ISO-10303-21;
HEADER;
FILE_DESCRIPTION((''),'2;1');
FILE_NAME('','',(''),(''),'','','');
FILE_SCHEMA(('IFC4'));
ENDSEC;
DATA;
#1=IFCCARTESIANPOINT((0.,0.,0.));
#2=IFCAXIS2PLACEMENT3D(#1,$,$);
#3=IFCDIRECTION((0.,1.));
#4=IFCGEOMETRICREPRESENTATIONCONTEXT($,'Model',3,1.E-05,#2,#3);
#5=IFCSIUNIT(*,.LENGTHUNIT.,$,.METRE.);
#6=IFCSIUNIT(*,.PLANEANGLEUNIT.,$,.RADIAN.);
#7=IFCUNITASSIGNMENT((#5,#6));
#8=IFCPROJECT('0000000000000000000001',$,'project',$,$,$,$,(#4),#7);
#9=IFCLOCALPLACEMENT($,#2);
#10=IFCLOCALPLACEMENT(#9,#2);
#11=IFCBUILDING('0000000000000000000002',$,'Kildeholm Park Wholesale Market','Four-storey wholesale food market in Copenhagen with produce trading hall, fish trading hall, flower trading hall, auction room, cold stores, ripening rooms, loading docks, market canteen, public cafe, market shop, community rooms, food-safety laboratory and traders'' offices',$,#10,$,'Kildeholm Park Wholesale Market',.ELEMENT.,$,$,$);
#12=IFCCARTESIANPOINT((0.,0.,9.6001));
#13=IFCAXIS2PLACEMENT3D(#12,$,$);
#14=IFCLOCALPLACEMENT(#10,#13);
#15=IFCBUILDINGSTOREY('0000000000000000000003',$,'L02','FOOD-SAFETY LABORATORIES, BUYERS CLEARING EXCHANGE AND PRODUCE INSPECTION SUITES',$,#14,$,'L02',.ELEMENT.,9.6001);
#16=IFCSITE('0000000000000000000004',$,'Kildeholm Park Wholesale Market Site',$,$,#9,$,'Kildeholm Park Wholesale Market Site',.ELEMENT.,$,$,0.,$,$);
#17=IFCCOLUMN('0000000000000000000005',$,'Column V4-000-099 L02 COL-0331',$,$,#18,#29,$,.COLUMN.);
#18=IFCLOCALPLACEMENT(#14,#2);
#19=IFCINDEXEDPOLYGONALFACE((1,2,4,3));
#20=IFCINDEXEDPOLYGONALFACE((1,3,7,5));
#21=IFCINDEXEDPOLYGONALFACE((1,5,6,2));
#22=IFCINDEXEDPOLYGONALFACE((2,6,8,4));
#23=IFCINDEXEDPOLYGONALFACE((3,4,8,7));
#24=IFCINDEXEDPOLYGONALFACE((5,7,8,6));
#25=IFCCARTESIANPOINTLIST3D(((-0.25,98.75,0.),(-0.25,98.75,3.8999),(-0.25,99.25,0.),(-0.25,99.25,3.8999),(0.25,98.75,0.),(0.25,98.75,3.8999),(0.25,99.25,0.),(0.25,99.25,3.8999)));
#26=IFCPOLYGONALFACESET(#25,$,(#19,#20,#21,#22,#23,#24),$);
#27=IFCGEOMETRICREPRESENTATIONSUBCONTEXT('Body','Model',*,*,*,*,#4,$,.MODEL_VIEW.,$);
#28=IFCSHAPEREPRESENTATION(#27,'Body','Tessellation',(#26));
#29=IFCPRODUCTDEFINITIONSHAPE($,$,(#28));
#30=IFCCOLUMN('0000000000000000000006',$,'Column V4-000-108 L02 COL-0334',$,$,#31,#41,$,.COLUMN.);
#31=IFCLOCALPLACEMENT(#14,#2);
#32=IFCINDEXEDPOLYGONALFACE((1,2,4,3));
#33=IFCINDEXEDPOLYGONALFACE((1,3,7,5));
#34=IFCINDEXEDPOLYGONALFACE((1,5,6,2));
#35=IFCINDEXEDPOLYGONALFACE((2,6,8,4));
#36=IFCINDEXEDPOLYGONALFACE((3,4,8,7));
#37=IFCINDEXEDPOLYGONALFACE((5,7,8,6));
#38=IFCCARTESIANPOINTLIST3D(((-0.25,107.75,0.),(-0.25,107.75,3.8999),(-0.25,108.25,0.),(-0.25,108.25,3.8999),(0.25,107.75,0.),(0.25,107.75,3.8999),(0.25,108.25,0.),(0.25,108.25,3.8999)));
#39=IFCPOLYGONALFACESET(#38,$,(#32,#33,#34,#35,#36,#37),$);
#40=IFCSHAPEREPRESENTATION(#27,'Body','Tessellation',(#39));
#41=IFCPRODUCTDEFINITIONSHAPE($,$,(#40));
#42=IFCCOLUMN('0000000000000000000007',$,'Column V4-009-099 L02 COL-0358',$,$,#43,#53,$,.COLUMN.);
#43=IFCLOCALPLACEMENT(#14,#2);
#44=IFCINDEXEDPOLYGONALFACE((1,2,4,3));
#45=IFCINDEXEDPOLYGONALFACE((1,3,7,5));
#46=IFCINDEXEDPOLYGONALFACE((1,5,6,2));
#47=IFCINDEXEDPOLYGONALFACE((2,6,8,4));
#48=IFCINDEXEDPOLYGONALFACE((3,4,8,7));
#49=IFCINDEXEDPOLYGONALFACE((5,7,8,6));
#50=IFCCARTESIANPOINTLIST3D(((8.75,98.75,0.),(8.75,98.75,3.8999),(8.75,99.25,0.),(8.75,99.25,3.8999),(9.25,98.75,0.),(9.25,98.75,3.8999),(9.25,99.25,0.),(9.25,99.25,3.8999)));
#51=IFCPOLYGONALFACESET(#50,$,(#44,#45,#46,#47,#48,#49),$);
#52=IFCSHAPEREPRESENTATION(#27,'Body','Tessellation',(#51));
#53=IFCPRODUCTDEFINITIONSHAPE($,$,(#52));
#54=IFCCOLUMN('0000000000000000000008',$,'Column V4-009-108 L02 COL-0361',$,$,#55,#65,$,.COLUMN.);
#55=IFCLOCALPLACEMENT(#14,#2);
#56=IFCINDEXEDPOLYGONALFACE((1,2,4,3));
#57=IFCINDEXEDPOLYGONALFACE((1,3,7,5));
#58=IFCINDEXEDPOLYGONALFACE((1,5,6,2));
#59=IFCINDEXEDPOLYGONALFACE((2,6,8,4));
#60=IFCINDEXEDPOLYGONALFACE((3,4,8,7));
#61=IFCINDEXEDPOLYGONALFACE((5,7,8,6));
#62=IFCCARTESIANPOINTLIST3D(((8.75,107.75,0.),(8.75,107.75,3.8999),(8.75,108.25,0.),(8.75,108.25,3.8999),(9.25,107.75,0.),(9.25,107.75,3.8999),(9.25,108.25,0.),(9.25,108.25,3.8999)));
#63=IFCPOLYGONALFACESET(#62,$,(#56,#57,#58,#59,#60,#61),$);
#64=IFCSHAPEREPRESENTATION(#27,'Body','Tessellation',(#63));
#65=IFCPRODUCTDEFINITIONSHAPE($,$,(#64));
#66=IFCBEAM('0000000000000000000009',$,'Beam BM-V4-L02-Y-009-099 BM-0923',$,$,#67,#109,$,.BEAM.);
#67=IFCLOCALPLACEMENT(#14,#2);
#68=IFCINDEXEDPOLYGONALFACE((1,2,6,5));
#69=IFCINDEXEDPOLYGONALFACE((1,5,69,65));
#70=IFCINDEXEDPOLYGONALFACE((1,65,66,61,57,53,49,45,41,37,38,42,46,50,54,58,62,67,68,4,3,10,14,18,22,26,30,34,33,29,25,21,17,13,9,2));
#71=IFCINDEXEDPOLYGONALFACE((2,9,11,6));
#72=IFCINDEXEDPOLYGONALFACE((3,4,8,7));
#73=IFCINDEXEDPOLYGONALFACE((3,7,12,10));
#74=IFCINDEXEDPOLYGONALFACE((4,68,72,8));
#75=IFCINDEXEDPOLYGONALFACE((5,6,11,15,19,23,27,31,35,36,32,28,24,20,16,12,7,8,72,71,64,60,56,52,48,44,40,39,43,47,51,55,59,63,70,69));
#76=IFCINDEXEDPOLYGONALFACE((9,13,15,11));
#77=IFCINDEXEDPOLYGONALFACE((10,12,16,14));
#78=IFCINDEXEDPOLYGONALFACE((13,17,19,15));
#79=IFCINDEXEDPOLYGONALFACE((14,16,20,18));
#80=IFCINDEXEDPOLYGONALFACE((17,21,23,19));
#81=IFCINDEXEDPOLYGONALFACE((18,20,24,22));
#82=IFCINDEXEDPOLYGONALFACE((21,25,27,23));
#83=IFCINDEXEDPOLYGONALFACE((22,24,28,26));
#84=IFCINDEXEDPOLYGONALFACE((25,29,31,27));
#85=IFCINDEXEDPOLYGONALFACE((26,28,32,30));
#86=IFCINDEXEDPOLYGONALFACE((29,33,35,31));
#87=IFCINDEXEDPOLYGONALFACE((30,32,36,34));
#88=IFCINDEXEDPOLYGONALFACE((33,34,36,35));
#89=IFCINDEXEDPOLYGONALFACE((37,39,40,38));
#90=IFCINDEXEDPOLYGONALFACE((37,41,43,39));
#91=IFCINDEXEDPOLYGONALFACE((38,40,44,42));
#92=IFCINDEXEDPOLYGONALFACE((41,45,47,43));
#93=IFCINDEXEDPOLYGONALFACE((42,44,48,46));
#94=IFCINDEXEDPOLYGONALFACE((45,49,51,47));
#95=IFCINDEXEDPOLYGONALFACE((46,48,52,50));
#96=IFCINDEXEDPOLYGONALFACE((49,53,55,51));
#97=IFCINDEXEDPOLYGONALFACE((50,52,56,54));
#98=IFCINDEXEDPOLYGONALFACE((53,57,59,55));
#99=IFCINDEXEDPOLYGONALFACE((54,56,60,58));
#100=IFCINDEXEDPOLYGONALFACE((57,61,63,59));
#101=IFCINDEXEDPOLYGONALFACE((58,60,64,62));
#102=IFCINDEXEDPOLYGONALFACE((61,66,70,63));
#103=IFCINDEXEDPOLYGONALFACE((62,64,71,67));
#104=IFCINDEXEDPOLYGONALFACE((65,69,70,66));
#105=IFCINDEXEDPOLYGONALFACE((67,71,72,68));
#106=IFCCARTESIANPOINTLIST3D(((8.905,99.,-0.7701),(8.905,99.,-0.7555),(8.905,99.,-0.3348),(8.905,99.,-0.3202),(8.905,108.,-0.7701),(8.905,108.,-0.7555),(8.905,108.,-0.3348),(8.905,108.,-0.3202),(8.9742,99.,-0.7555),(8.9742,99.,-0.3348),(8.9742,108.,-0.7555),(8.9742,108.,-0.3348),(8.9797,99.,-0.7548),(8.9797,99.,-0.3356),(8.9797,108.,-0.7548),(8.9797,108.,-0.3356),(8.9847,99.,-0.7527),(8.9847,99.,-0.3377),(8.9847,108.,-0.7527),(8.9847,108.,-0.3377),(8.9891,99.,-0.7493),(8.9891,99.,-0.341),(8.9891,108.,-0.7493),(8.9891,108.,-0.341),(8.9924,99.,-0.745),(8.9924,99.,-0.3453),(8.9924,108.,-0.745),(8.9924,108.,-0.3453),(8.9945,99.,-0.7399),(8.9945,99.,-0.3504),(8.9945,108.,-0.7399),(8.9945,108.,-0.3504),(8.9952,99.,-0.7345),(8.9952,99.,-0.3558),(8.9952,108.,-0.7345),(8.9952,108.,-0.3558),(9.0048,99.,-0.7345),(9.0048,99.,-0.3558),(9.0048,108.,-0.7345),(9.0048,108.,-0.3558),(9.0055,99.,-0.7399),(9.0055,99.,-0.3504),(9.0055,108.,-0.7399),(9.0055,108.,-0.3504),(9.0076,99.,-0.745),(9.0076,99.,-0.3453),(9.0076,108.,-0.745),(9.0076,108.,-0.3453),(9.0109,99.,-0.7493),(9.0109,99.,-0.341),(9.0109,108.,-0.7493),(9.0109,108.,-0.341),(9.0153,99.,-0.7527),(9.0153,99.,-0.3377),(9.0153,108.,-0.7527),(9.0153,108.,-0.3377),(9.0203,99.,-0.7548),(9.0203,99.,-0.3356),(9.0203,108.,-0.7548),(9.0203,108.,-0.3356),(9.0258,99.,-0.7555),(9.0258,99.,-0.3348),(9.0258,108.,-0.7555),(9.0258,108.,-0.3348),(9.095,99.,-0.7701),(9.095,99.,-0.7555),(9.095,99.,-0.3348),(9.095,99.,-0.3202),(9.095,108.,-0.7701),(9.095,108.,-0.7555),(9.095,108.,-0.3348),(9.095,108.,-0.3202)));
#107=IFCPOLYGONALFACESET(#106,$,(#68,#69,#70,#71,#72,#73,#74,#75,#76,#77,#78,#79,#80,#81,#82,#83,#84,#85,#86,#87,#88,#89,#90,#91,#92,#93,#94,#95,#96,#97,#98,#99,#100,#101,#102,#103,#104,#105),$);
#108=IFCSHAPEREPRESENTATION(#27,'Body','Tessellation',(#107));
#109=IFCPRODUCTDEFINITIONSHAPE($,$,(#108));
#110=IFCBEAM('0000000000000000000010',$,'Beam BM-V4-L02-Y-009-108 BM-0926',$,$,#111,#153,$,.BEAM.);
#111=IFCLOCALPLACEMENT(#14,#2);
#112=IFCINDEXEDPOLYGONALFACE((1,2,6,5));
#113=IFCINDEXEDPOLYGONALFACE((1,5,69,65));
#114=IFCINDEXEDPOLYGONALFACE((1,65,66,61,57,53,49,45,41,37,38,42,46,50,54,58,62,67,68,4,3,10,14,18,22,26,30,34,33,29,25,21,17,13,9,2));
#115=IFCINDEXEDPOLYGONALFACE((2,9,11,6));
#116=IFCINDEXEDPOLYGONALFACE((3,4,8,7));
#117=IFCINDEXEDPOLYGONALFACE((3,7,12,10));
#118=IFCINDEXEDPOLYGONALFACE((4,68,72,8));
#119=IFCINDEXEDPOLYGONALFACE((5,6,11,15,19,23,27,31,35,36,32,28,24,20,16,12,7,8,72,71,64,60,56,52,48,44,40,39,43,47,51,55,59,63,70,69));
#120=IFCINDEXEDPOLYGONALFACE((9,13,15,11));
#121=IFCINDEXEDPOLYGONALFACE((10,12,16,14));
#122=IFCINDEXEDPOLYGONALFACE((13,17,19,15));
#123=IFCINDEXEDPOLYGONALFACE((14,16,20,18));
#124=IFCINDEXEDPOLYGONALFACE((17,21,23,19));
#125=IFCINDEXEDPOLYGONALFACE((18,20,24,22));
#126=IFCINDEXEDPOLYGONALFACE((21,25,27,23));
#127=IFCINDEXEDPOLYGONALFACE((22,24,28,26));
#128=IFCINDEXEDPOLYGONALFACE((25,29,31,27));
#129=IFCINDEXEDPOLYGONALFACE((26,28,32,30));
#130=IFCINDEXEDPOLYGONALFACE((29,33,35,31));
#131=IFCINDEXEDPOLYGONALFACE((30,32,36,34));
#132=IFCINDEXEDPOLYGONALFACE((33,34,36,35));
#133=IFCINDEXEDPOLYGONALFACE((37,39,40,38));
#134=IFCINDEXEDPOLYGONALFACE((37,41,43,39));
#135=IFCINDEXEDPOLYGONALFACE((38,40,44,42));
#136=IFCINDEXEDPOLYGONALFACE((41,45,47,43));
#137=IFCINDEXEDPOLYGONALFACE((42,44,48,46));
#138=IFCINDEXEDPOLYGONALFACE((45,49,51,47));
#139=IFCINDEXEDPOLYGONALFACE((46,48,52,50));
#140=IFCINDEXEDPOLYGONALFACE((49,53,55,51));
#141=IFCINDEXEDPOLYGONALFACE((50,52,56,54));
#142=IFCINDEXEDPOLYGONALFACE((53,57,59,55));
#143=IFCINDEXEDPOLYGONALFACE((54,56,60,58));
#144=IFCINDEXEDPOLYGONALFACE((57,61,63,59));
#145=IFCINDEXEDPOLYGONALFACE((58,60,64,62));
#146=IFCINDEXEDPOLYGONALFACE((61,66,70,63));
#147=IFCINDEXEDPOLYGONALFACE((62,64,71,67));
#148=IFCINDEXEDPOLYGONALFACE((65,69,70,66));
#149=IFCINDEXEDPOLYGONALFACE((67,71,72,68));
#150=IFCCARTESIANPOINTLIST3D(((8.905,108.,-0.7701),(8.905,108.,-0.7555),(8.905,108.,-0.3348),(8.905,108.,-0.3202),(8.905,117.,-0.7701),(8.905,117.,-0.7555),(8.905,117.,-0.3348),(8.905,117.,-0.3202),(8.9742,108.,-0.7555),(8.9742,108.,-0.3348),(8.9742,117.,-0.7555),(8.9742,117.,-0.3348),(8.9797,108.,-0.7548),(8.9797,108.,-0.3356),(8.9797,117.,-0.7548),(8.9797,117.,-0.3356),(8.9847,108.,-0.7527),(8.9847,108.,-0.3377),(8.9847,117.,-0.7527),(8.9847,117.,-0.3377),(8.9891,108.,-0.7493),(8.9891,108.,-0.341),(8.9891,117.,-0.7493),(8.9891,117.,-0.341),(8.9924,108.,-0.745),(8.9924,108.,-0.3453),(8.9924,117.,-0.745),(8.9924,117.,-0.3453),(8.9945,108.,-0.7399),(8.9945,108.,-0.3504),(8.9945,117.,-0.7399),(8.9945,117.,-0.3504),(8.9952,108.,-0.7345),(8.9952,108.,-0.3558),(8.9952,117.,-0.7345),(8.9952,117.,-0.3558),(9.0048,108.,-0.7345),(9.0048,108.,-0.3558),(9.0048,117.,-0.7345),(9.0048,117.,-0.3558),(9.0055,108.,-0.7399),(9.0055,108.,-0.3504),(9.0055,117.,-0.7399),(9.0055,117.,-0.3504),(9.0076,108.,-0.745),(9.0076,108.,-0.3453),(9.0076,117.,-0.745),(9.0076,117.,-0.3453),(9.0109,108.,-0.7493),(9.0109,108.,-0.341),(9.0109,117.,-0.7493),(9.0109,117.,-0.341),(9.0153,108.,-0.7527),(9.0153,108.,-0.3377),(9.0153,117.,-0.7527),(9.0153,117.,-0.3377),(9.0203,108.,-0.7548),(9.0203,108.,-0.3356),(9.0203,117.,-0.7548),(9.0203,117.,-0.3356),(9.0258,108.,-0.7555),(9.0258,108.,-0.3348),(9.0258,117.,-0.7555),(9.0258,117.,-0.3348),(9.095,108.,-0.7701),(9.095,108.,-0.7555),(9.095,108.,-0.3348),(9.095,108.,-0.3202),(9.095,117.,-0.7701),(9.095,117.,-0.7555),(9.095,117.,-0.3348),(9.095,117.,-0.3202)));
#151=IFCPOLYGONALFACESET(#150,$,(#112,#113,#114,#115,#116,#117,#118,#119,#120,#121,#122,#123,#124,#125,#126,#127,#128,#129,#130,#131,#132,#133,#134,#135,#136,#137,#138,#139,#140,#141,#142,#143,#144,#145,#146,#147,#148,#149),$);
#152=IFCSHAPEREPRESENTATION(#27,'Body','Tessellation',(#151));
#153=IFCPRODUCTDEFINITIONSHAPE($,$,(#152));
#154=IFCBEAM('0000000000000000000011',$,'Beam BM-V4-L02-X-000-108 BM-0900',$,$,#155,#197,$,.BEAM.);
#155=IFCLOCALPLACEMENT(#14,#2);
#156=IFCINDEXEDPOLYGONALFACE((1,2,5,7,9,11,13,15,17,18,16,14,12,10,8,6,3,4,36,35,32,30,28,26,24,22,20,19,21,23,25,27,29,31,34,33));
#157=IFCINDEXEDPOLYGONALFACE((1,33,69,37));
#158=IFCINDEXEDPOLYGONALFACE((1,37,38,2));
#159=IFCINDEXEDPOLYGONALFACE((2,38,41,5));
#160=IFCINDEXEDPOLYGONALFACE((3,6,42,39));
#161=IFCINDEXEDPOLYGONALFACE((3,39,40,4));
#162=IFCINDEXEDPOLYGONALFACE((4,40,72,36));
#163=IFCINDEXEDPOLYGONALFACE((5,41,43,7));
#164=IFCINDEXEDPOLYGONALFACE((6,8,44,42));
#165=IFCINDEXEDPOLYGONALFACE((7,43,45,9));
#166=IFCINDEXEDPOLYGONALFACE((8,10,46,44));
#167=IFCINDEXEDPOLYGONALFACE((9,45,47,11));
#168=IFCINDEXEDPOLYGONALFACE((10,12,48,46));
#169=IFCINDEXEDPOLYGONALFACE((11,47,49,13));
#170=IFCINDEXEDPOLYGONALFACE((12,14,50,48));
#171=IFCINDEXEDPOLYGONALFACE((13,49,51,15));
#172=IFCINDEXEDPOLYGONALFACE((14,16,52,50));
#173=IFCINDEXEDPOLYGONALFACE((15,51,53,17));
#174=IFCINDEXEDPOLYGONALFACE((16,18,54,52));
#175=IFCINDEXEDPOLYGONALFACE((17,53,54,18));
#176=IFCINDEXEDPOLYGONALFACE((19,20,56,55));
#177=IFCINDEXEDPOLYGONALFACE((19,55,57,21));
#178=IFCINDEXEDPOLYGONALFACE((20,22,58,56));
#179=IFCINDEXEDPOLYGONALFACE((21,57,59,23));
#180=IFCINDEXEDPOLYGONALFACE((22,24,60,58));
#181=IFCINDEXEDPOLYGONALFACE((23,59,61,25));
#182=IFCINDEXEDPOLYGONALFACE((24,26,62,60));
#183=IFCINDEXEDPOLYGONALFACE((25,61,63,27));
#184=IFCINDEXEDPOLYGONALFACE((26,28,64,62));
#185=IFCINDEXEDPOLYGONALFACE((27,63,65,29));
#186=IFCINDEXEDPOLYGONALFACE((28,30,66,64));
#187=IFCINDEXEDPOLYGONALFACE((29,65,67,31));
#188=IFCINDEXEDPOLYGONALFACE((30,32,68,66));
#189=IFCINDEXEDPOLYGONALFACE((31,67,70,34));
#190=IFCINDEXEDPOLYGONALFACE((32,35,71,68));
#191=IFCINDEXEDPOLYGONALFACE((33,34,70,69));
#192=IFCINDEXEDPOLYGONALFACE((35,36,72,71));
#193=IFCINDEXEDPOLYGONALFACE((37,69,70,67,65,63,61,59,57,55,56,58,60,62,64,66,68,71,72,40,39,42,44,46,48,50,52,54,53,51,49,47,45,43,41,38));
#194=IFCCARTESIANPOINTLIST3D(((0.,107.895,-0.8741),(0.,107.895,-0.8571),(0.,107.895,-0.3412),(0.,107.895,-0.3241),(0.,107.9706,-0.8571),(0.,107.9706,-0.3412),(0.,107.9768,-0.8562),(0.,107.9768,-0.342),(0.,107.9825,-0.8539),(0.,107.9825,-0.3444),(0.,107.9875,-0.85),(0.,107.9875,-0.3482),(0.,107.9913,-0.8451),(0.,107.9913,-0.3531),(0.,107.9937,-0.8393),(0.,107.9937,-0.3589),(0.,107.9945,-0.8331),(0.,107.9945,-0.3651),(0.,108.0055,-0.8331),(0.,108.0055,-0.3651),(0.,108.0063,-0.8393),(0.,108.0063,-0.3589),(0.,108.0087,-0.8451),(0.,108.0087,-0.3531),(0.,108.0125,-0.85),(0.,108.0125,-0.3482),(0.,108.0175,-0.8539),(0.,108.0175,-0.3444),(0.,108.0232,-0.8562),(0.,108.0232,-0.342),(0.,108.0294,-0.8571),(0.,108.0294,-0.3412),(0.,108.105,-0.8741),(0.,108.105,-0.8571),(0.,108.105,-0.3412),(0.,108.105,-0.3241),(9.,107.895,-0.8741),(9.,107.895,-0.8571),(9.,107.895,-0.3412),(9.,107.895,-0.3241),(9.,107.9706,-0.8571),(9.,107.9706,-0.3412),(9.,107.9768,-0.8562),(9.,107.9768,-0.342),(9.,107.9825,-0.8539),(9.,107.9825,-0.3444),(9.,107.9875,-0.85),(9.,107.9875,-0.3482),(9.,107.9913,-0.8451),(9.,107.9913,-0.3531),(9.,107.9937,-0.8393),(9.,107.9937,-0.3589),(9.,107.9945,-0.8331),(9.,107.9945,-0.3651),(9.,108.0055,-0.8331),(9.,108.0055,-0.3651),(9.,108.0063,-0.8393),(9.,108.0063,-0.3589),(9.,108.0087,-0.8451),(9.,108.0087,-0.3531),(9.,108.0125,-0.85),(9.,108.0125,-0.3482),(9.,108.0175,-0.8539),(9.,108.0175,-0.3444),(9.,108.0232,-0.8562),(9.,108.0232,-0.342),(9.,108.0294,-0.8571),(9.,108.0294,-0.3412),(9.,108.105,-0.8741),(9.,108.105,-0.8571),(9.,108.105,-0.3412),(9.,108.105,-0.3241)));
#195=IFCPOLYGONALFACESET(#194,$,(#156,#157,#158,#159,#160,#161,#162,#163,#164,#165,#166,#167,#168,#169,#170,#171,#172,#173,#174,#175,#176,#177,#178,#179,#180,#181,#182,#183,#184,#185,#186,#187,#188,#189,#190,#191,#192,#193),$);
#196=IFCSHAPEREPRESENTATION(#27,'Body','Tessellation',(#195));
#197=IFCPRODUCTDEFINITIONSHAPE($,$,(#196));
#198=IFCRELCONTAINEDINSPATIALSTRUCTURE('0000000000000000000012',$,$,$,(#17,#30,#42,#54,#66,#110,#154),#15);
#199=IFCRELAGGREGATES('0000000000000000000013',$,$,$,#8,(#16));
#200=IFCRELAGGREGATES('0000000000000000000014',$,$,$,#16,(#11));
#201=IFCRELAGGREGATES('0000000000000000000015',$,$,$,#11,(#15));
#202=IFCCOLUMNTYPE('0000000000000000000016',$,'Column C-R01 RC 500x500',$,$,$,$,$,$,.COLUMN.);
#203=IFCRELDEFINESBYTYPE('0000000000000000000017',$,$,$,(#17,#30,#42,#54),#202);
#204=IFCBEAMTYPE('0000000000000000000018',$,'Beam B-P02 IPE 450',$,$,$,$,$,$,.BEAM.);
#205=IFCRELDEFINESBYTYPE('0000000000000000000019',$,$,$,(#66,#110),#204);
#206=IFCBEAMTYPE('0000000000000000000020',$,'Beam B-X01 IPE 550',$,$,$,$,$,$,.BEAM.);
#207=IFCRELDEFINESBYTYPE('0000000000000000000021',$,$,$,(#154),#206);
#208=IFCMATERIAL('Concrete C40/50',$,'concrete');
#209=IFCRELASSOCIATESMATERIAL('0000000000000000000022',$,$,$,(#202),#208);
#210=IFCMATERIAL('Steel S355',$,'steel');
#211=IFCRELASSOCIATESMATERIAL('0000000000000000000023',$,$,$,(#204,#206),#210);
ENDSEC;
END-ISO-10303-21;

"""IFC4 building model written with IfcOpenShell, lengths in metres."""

from ifc_helpers import new_model, si_unit, direction, frame, origin, origin_2d, place, context, subcontext, project, spatial, rectangle, i_section, extrude, material, material_profile, profile_set, type_object, element, save


model = new_model("IFC4")

# Units and contexts
model_context = context("Model", 3, precision=1e-05, world=origin(), true_north=direction((0.0, 1.0)))
body_context = subcontext(model_context, "Body", "Model", "MODEL_VIEW")
ifc_project = project(units=[si_unit("LENGTHUNIT", "METRE"), si_unit("PLANEANGLEUNIT", "RADIAN")], contexts=[model_context])

# Site, building, storey
site_placement = place(None, origin())
site = spatial("IfcSite", under=ifc_project, at=site_placement, Name="Kildeholm Park Wholesale Market Site", LongName="Kildeholm Park Wholesale Market Site", CompositionType="ELEMENT", RefElevation=0.0)
building_placement = place(site_placement, origin())
building = spatial("IfcBuilding", under=site, at=building_placement, Name="Kildeholm Park Wholesale Market", Description="Four-storey wholesale food market in Copenhagen with produce trading hall, fish trading hall, flower trading hall, auction room, cold stores, ripening rooms, loading docks, market canteen, public cafe, market shop, community rooms, food-safety laboratory and traders' offices", LongName="Kildeholm Park Wholesale Market", CompositionType="ELEMENT")
storey_placement = place(building_placement, frame((0.0, 0.0, 9.6001)))
storey = spatial("IfcBuildingStorey", under=building, at=storey_placement, Name="L02", Description="FOOD-SAFETY LABORATORIES, BUYERS CLEARING EXCHANGE AND PRODUCE INSPECTION SUITES", LongName="L02", CompositionType="ELEMENT", Elevation=9.6001)

# Columns
ifc_material_1 = material(Name="Concrete C40/50", Category="concrete")
ifc_material_profile_1 = material_profile(ifc_material_1, rectangle(XDim=0.5, YDim=0.5, at=origin_2d()), Name="RC 500x500")
ifc_profile_set_1 = profile_set([ifc_material_profile_1], Name="Concrete C40/50")
column_type = type_object("IfcColumnType", Name="Column C-R01 RC 500x500", PredefinedType="COLUMN", material=ifc_profile_set_1)
for number, where, z_axis, x_axis, name in (
    (1, (0.0, 99.0, 0.0), (0.0, 0.0, 1.0), (1.0, 0.0, 0.0), "Column V4-000-099 L02 COL-0331"),
    (2, (0.0, 108.0, 0.0), (0.0, 0.0, 1.0), (1.0, 0.0, 0.0), "Column V4-000-108 L02 COL-0334"),
    (3, (9.0, 99.0, 0.0), (0.0, 0.0, 1.0), (1.0, 0.0, 0.0), "Column V4-009-099 L02 COL-0358"),
    (4, (9.0, 108.0, 0.0), (0.0, 0.0, 1.0), (1.0, 0.0, 0.0), "Column V4-009-108 L02 COL-0361"),
):
    element("IfcColumn", number, at=place(storey_placement, frame(where, z_axis=z_axis, x_axis=x_axis)), inside=storey, type_object=column_type, Name=name, PredefinedType="COLUMN", context=body_context, shape_type="SweptSolid", body=[
        extrude(rectangle(XDim=0.5, YDim=0.5, at=origin_2d()), origin(), (0.0, 0.0, 1.0), 3.8999),
    ])

# Beams
ifc_material_2 = material(Name="Steel S355", Category="steel")
ifc_material_profile_2 = material_profile(ifc_material_2, i_section(OverallWidth=0.1899, OverallDepth=0.45, WebThickness=0.0095, FlangeThickness=0.0146, FilletRadius=0.021, at=origin_2d()), Name="IPE 450")
ifc_profile_set_2 = profile_set([ifc_material_profile_2], Name="Steel S355")
beam_type_1 = type_object("IfcBeamType", Name="Beam B-P02 IPE 450", PredefinedType="BEAM", material=ifc_profile_set_2)
for number, where, z_axis, x_axis, name in (
    (5, (9.0, 99.0, -0.5452), (0.0, 1.0, 0.0), (-1.0, 0.0, 0.0), "Beam BM-V4-L02-Y-009-099 BM-0923"),
    (6, (9.0, 108.0, -0.5452), (0.0, 1.0, 0.0), (-1.0, 0.0, 0.0), "Beam BM-V4-L02-Y-009-108 BM-0926"),
):
    element("IfcBeam", number, at=place(storey_placement, frame(where, z_axis=z_axis, x_axis=x_axis)), inside=storey, type_object=beam_type_1, Name=name, PredefinedType="BEAM", context=body_context, shape_type="SweptSolid", body=[
        extrude(i_section(OverallWidth=0.1899, OverallDepth=0.45, WebThickness=0.0095, FlangeThickness=0.0146, FilletRadius=0.021, at=origin_2d()), origin(), (0.0, 0.0, 1.0), 9.0),
    ])
ifc_material_profile_3 = material_profile(ifc_material_2, i_section(OverallWidth=0.21, OverallDepth=0.55, WebThickness=0.011, FlangeThickness=0.0171, FilletRadius=0.0239, at=origin_2d()), Name="IPE 550")
ifc_profile_set_3 = profile_set([ifc_material_profile_3], Name="Steel S355")
beam_type_2 = type_object("IfcBeamType", Name="Beam B-X01 IPE 550", PredefinedType="BEAM", material=ifc_profile_set_3)
beam_1_placement = place(storey_placement, frame((0.0, 108.0, -0.5991), z_axis=(1.0, 0.0, 0.0), x_axis=(0.0, 1.0, 0.0)))
element("IfcBeam", 7, at=beam_1_placement, inside=storey, type_object=beam_type_2, Name="Beam BM-V4-L02-X-000-108 BM-0900", PredefinedType="BEAM", context=body_context, shape_type="SweptSolid", body=[
    extrude(i_section(OverallWidth=0.21, OverallDepth=0.55, WebThickness=0.011, FlangeThickness=0.0171, FilletRadius=0.0239, at=origin_2d()), origin(), (0.0, 0.0, 1.0), 9.0),
])

save(model, "model.ifc")
